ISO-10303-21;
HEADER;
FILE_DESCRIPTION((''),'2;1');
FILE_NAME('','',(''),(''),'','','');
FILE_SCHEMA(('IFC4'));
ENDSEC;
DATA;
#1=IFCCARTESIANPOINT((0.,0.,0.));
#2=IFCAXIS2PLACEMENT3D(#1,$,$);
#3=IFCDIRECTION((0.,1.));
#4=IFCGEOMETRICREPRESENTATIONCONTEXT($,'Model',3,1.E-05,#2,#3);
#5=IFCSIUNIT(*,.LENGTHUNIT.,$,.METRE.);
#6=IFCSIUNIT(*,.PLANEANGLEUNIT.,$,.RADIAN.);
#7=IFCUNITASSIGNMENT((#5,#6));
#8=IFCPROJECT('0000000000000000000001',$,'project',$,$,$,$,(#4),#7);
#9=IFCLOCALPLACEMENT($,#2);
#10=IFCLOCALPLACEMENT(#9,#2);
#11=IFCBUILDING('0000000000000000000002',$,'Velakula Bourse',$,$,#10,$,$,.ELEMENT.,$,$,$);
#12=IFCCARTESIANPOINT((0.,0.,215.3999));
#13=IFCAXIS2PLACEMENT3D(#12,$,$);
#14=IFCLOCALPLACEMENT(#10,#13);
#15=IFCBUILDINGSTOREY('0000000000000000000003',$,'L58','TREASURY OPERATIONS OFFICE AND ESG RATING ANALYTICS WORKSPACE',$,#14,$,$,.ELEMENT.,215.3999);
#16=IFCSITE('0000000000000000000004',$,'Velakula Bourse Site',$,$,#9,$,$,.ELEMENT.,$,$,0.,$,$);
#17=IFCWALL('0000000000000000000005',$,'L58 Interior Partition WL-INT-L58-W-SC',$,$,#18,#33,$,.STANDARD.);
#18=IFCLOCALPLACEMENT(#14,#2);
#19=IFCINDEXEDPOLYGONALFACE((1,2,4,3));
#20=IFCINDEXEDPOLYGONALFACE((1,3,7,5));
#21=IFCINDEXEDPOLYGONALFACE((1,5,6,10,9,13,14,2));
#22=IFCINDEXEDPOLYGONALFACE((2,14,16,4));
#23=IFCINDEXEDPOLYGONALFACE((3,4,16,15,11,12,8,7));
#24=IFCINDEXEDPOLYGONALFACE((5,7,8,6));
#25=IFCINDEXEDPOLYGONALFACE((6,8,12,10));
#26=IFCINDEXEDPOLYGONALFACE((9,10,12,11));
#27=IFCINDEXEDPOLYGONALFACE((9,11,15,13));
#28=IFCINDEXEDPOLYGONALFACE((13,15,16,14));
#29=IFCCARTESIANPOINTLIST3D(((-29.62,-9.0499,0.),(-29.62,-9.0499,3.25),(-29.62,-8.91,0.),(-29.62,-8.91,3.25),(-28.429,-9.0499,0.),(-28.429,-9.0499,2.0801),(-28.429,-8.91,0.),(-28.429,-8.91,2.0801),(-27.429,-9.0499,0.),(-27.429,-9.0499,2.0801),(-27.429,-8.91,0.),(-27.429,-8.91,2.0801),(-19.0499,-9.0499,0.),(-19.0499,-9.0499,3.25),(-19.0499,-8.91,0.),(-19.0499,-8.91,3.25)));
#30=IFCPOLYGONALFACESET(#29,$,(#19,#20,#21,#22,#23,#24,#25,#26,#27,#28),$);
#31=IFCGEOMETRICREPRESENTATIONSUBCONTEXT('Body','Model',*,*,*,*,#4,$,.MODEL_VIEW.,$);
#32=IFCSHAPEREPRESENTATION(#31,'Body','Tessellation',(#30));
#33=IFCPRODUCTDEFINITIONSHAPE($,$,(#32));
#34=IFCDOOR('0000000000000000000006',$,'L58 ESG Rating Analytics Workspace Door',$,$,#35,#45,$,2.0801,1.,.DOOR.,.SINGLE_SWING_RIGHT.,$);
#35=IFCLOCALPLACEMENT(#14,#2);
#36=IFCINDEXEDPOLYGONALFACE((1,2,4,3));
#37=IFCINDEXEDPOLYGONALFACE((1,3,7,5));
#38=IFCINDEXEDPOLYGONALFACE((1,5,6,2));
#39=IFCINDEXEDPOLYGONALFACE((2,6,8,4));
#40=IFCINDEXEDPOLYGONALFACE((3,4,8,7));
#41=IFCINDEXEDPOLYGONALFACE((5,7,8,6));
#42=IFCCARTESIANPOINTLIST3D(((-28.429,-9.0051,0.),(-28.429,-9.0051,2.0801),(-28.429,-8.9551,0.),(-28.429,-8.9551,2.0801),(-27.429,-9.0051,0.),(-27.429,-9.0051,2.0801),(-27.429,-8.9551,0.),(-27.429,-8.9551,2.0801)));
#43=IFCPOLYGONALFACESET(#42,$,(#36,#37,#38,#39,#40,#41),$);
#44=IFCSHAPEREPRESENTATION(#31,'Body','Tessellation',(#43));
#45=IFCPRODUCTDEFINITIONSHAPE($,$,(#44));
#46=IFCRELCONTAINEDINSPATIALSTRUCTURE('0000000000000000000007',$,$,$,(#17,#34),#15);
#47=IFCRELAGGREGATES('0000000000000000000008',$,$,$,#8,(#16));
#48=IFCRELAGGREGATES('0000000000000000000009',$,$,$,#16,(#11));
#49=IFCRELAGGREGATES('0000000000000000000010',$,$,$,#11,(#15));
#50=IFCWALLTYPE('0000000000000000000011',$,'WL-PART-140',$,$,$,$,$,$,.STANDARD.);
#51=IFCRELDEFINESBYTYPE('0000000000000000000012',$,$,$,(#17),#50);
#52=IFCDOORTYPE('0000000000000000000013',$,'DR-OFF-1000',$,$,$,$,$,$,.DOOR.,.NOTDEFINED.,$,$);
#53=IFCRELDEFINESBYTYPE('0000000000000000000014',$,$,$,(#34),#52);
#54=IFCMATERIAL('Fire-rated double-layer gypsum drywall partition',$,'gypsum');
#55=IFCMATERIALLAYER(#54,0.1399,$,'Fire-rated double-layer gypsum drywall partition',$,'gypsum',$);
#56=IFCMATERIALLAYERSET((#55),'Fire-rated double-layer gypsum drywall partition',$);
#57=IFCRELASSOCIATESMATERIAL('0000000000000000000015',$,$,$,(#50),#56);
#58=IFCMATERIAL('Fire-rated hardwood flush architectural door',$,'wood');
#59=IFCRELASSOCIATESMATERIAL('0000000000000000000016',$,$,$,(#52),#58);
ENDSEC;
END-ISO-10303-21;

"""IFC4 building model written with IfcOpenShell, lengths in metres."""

from ifc_helpers import new_model, si_unit, direction, frame, frame_2d, origin, place, context, subcontext, project, spatial, rectangle, extrude, material, layer, layer_set, type_object, element, fill, save


model = new_model("IFC4")

# Units and contexts
model_context = context("Model", 3, precision=1e-05, world=origin(), true_north=direction((0.0, 1.0)))
body_context = subcontext(model_context, "Body", "Model", "MODEL_VIEW")
ifc_project = project(units=[si_unit("LENGTHUNIT", "METRE"), si_unit("PLANEANGLEUNIT", "RADIAN")], contexts=[model_context])

# Site, building, storey
site_placement = place(None, origin())
site = spatial("IfcSite", under=ifc_project, at=site_placement, Name="Velakula Bourse Site", CompositionType="ELEMENT", RefElevation=0.0)
building_placement = place(site_placement, origin())
building = spatial("IfcBuilding", under=site, at=building_placement, Name="Velakula Bourse", CompositionType="ELEMENT")
storey_placement = place(building_placement, frame((0.0, 0.0, 215.3999)))
storey = spatial("IfcBuildingStorey", under=building, at=storey_placement, Name="L58", Description="TREASURY OPERATIONS OFFICE AND ESG RATING ANALYTICS WORKSPACE", CompositionType="ELEMENT", Elevation=215.3999)

# Shared definitions
ifc_material_1 = material(Name="Fire-rated double-layer gypsum drywall partition", Category="gypsum")
ifc_layer_1 = layer(ifc_material_1, 0.1399, Name="Fire-rated double-layer gypsum drywall partition", Category="gypsum")
ifc_layer_set_1 = layer_set([ifc_layer_1], Name="Fire-rated double-layer gypsum drywall partition")
wall_type_1 = type_object("IfcWallType", Name="WL-PART-140", PredefinedType="STANDARD", material=ifc_layer_set_1)
ifc_material_2 = material(Name="Fire-rated hardwood flush architectural door", Category="wood")
door_type_1 = type_object("IfcDoorType", Name="DR-OFF-1000", OperationType="NOTDEFINED", PredefinedType="DOOR", material=ifc_material_2)

# Wall, opening, door
wall_1_placement = place(storey_placement, frame((-29.6201, -8.98, 0.0), z_axis=(0.0, 0.0, 1.0), x_axis=(1.0, 0.0, 0.0)))
wall_1 = element("IfcWall", 1, at=wall_1_placement, inside=storey, type_object=wall_type_1, Name="L58 Interior Partition WL-INT-L58-W-SC", PredefinedType="STANDARD", context=body_context, shape_type="SweptSolid", body=[
    extrude(rectangle(XDim=10.5701, YDim=0.1399, at=frame_2d((5.2852, 0.0))), origin(), (0.0, 0.0, 1.0), 3.25),
])
opening_1_placement = place(wall_1_placement, frame((1.1912, 0.0, 0.0)))
opening_1 = element("IfcOpeningElement", 2, at=opening_1_placement, cuts=wall_1, PredefinedType="OPENING", context=body_context, shape_type="SweptSolid", body=[
    extrude(rectangle(XDim=1.0, YDim=2.0801, at=frame_2d((0.5, 1.04))), frame((0.0, 0.0798, 0.0), z_axis=(0.0, -1.0, 0.0), x_axis=(1.0, 0.0, 0.0)), (0.0, 0.0, 1.0), 0.1599),
])
door_1_placement = place(opening_1_placement, origin())
door_1 = element("IfcDoor", 3, at=door_1_placement, inside=storey, type_object=door_type_1, Name="L58 ESG Rating Analytics Workspace Door", OperationType="SINGLE_SWING_RIGHT", OverallHeight=2.0801, OverallWidth=1.0, PredefinedType="DOOR", context=body_context, shape_type="SweptSolid", body=[
    extrude(rectangle(XDim=1.0, YDim=2.0801, at=frame_2d((0.5, 1.04))), frame((0.0, 0.0249, 0.0), z_axis=(0.0, -1.0, 0.0), x_axis=(1.0, 0.0, 0.0)), (0.0, 0.0, 1.0), 0.05),
])
fill(opening_1, door_1)

save(model, "model.ifc")
